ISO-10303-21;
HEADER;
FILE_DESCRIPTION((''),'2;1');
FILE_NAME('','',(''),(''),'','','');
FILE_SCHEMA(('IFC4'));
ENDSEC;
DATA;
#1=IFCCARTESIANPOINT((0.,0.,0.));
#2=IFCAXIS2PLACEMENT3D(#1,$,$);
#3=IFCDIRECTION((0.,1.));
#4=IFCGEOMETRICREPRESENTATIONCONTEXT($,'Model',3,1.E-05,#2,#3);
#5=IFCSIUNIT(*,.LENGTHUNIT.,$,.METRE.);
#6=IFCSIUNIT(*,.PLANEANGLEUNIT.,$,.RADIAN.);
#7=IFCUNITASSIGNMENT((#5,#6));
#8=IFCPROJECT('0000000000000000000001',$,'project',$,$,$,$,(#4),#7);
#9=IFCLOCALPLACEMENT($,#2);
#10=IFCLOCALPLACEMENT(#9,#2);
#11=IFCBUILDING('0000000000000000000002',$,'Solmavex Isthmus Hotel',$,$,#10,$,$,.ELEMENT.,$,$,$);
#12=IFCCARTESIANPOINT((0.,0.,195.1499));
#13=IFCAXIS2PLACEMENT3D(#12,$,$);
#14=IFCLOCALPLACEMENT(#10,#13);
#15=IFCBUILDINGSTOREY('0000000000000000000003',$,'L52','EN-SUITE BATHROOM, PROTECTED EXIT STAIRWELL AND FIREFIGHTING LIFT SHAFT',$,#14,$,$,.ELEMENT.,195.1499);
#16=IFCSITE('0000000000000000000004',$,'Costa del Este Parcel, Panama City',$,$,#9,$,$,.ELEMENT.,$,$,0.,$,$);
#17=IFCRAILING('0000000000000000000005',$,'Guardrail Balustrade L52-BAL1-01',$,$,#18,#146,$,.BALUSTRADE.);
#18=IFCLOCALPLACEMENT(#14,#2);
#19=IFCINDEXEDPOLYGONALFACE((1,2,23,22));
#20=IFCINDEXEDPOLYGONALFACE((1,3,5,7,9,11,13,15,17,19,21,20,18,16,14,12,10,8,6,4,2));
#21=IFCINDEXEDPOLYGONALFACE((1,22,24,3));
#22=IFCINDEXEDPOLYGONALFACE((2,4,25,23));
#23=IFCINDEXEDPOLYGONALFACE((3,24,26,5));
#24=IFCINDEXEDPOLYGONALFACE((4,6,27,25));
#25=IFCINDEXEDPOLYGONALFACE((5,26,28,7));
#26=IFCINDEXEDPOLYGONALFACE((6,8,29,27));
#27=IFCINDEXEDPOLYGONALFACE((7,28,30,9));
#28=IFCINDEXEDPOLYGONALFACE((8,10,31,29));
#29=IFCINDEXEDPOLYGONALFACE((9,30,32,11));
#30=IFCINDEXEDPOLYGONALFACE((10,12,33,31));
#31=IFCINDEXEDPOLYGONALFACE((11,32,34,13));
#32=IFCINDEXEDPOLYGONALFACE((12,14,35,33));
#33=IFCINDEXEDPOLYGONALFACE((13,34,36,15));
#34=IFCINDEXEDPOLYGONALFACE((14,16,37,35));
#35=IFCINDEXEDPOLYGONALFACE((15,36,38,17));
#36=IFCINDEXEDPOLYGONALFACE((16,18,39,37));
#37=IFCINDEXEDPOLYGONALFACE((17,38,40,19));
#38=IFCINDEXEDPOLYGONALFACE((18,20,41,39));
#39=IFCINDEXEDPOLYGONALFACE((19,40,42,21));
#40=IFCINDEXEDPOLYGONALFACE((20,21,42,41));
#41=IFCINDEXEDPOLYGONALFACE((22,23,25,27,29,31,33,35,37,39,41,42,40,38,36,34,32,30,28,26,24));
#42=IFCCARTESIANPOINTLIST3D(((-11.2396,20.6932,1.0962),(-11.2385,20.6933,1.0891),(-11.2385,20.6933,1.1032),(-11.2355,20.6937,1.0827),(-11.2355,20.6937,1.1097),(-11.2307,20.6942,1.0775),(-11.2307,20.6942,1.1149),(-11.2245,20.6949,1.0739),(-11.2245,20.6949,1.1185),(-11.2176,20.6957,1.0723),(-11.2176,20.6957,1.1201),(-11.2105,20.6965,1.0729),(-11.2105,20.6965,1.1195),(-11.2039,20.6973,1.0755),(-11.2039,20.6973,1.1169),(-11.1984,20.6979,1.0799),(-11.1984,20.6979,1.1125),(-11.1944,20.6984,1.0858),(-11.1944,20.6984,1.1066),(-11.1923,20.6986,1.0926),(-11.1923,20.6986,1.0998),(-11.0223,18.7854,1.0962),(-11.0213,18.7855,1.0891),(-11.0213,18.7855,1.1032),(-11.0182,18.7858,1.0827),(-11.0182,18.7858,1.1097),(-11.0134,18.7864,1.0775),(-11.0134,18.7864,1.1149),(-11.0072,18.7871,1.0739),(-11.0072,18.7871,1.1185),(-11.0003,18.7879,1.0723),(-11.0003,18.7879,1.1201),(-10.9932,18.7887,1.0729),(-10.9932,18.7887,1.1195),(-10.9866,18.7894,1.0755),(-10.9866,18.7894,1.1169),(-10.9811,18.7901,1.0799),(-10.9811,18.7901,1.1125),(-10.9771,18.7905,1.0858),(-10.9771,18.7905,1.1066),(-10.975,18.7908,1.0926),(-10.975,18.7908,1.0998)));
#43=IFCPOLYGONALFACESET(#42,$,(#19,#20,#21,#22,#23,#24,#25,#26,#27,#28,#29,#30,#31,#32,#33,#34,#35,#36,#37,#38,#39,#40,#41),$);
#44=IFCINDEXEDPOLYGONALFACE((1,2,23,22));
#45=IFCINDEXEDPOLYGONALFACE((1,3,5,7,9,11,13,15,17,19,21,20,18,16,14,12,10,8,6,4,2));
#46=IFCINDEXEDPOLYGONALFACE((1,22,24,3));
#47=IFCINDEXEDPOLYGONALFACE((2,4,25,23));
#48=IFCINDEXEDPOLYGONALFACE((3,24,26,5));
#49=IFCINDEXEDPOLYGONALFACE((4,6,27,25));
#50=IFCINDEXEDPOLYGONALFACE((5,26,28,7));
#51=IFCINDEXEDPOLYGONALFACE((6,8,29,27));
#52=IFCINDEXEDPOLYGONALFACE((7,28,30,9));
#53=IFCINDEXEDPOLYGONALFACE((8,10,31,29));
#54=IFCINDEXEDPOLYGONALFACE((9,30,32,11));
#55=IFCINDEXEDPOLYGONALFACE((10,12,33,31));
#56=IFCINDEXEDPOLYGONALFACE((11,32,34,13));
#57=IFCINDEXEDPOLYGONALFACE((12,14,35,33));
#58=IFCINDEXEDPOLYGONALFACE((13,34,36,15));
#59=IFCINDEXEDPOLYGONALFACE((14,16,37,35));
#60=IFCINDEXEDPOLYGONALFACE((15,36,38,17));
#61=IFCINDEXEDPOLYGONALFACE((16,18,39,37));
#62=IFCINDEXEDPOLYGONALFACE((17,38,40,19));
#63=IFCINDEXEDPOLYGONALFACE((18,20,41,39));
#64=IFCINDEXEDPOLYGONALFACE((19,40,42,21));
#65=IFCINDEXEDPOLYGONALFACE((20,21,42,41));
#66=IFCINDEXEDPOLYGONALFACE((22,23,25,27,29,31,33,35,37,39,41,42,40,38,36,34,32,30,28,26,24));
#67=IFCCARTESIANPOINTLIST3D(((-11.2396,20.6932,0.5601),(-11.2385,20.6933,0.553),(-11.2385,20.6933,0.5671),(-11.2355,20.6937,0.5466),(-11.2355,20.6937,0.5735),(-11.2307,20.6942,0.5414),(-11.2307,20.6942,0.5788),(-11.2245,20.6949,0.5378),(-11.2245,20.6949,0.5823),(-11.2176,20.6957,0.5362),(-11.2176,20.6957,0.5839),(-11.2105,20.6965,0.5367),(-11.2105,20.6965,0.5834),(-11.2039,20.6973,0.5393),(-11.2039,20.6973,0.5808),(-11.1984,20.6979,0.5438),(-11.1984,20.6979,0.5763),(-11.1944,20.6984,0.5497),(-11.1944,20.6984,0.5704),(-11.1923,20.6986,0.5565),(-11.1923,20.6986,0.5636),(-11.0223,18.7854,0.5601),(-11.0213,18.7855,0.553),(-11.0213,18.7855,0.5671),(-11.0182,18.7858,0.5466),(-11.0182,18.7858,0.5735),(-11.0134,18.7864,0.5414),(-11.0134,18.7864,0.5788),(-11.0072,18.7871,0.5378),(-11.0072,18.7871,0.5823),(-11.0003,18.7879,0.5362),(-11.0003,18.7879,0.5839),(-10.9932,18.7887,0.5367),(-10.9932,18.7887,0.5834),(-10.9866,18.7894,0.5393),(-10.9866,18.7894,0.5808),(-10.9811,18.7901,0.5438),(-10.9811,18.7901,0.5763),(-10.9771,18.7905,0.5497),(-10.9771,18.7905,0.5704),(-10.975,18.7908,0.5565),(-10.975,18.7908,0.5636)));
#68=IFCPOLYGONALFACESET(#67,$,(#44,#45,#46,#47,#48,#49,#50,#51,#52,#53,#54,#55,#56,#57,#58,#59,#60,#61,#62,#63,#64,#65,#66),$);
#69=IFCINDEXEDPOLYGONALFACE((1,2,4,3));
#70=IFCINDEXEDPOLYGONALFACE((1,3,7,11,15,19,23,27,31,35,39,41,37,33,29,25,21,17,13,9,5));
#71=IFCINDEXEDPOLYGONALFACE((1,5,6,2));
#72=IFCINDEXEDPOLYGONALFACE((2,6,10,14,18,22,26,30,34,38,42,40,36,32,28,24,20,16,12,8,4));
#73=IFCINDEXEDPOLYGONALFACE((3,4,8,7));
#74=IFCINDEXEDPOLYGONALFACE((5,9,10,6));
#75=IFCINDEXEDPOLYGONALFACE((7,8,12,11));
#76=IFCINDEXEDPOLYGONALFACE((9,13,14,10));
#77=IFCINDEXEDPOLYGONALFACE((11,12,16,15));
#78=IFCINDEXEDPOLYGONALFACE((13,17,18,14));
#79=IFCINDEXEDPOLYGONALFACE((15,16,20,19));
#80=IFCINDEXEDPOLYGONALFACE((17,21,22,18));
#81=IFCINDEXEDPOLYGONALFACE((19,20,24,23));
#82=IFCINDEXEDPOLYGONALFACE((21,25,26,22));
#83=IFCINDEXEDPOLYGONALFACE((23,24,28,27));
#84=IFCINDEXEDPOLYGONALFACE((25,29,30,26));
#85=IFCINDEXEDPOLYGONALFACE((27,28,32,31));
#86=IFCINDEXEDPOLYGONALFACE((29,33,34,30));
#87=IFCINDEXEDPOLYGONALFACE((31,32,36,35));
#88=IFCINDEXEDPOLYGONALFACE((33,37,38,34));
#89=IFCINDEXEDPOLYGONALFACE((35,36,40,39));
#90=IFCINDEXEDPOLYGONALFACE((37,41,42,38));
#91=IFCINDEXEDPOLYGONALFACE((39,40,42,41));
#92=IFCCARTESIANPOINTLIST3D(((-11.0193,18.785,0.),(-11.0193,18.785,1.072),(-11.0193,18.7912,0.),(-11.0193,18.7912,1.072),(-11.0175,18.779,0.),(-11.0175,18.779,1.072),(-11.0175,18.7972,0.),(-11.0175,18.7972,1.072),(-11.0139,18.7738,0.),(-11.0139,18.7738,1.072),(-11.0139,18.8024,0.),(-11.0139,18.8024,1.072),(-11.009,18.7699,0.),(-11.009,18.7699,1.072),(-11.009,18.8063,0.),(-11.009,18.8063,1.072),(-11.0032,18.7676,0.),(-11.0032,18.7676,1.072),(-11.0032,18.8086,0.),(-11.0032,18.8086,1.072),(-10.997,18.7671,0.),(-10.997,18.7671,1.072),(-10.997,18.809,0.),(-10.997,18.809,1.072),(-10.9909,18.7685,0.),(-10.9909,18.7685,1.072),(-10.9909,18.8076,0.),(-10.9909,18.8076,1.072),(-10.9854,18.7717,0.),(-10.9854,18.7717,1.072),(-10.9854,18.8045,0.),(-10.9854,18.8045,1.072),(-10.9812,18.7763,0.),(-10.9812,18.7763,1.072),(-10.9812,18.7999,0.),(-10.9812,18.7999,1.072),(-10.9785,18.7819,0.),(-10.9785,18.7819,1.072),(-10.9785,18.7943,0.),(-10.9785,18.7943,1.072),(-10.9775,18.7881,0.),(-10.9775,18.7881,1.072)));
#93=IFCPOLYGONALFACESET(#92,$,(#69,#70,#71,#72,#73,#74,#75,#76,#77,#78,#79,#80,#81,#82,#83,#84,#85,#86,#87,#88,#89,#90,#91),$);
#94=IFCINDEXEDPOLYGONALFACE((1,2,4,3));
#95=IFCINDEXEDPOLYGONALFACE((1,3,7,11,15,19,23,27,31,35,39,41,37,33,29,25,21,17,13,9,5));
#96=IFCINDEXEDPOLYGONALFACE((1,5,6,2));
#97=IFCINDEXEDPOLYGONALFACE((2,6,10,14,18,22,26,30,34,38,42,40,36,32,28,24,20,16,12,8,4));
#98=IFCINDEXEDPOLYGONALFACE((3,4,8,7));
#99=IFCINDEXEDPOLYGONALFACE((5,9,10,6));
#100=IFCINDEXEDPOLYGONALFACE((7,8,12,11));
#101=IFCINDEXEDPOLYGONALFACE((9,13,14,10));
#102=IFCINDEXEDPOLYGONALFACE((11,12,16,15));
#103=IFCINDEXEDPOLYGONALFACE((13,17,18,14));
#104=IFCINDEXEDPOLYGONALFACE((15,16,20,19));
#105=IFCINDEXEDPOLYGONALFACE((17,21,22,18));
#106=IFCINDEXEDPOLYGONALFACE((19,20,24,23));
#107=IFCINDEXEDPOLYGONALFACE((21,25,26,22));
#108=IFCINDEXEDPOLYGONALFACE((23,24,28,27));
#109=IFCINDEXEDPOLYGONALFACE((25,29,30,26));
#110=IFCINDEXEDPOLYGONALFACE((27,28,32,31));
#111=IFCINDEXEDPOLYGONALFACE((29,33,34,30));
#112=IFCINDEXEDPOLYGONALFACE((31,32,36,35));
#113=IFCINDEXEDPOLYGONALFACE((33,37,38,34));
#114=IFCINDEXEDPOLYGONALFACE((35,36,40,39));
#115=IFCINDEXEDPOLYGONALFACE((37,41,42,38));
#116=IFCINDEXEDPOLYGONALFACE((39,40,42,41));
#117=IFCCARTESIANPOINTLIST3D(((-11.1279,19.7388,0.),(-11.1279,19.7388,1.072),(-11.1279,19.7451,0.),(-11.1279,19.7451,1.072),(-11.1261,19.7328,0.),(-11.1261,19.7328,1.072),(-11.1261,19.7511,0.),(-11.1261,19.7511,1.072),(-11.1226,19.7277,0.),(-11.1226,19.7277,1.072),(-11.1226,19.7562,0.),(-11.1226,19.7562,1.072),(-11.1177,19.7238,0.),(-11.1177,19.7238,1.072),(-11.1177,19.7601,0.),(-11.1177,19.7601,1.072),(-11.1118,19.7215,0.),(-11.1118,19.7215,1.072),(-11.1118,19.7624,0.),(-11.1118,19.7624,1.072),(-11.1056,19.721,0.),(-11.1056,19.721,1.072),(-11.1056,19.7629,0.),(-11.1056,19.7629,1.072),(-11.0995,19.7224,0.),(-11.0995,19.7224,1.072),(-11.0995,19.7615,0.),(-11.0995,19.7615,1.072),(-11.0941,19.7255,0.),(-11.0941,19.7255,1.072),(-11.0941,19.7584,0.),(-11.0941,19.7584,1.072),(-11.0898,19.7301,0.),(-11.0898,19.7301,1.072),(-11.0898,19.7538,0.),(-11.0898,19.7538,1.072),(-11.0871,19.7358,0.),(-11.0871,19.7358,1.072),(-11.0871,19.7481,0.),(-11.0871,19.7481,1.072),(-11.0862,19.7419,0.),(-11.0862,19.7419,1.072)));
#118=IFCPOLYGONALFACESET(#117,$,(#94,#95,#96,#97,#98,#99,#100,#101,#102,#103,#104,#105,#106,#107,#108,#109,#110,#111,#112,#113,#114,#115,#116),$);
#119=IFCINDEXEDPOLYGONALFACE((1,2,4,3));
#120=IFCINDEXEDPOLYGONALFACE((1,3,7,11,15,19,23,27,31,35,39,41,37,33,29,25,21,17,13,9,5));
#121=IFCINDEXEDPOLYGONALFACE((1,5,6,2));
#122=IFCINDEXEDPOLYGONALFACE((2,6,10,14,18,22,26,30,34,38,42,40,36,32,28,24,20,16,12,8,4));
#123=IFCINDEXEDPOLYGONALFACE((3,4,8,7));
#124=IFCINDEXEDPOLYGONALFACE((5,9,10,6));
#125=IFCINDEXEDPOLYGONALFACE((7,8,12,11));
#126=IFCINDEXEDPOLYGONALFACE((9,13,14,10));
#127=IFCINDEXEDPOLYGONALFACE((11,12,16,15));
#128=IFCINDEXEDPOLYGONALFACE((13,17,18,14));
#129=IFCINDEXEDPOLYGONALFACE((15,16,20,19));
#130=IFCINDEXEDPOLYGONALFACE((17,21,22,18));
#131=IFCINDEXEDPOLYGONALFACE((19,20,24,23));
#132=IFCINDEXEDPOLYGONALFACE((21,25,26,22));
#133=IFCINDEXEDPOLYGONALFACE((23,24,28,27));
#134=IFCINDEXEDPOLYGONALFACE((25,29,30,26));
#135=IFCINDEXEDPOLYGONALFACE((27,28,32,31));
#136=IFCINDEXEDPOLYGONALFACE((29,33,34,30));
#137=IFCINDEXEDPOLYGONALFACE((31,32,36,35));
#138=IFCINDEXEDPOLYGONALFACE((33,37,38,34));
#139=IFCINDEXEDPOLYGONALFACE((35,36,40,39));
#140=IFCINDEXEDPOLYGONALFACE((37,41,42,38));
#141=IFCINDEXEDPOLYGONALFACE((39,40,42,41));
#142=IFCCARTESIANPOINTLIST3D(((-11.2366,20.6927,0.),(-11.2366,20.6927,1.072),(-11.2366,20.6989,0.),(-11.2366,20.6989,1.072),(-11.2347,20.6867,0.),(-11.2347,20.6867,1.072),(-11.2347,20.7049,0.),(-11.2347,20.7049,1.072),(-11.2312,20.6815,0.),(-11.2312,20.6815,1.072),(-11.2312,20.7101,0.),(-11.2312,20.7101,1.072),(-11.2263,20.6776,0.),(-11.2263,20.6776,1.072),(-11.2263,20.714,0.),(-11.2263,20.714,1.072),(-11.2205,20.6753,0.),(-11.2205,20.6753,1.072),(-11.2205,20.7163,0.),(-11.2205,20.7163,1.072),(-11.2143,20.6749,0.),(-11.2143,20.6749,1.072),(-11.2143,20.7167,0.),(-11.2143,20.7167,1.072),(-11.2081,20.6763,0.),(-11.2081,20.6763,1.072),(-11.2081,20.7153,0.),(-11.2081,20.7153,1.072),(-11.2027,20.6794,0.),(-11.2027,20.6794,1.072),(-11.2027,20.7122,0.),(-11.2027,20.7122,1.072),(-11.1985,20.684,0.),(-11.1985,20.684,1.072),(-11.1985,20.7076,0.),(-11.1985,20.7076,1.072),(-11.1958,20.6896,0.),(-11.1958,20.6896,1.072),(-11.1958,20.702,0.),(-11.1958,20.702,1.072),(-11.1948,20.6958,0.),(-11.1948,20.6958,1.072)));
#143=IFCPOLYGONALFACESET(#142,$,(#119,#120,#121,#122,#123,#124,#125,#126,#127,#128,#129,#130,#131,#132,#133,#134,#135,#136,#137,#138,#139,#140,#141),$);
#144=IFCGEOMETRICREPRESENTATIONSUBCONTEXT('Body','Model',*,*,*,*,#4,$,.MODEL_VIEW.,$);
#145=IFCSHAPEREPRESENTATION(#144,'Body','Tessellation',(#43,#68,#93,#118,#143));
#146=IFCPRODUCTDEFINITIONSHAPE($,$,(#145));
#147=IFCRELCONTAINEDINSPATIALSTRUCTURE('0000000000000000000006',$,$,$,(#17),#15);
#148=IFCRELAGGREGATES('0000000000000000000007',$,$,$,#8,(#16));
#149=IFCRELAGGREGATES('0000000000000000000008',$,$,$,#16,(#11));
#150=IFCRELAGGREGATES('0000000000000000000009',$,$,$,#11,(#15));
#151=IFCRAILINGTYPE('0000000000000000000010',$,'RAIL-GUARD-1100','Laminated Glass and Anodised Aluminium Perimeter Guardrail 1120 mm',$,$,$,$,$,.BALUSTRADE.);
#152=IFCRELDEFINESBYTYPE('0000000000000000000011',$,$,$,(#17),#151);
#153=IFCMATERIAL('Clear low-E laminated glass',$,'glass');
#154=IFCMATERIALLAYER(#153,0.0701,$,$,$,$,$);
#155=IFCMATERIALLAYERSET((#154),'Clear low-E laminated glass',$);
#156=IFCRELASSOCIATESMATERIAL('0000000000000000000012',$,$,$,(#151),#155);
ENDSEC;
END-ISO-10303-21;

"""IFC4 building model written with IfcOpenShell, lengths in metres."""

from ifc_helpers import new_model, si_unit, direction, frame, origin, origin_2d, place, context, subcontext, project, spatial, circle, extrude, material, layer, layer_set, type_object, element, save


model = new_model("IFC4")

# Units and contexts
model_context = context("Model", 3, precision=1e-05, world=origin(), true_north=direction((0.0, 1.0)))
body_context = subcontext(model_context, "Body", "Model", "MODEL_VIEW")
ifc_project = project(units=[si_unit("LENGTHUNIT", "METRE"), si_unit("PLANEANGLEUNIT", "RADIAN")], contexts=[model_context])

# Site, building, storey
site_placement = place(None, origin())
site = spatial("IfcSite", under=ifc_project, at=site_placement, Name="Costa del Este Parcel, Panama City", CompositionType="ELEMENT", RefElevation=0.0)
building_placement = place(site_placement, origin())
building = spatial("IfcBuilding", under=site, at=building_placement, Name="Solmavex Isthmus Hotel", CompositionType="ELEMENT")
storey_placement = place(building_placement, frame((0.0, 0.0, 195.1499)))
storey = spatial("IfcBuildingStorey", under=building, at=storey_placement, Name="L52", Description="EN-SUITE BATHROOM, PROTECTED EXIT STAIRWELL AND FIREFIGHTING LIFT SHAFT", CompositionType="ELEMENT", Elevation=195.1499)

# Shared definitions
ifc_material_1 = material(Name="Clear low-E laminated glass", Category="glass")

# Railing
ifc_layer_1 = layer(ifc_material_1, 0.0701)
ifc_layer_set_1 = layer_set([ifc_layer_1], Name="Clear low-E laminated glass")
railing_type = type_object("IfcRailingType", Name="RAIL-GUARD-1100", Description="Laminated Glass and Anodised Aluminium Perimeter Guardrail 1120 mm", PredefinedType="BALUSTRADE", material=ifc_layer_set_1)
railing_1_placement = place(storey_placement, frame((-10.9985, 18.7881, 0.0)))
element("IfcRailing", 1, at=railing_1_placement, inside=storey, type_object=railing_type, Name="Guardrail Balustrade L52-BAL1-01", PredefinedType="BALUSTRADE", context=body_context, shape_type="SweptSolid", body=[
    extrude(circle(Radius=0.0239, at=origin_2d()), frame((0.0, 0.0, 1.0962), z_axis=(-0.113166, 0.993576, 0.0), x_axis=(-0.993576, -0.113166, 0.0)), (0.0, 0.0, 1.0), 1.9202),
    extrude(circle(Radius=0.0239, at=origin_2d()), frame((0.0, 0.0, 0.5601), z_axis=(-0.113166, 0.993576, 0.0), x_axis=(-0.993576, -0.113166, 0.0)), (0.0, 0.0, 1.0), 1.9202),
    extrude(circle(Radius=0.021, at=origin_2d()), origin(), (0.0, 0.0, 1.0), 1.072),
    extrude(circle(Radius=0.021, at=origin_2d()), frame((-0.1086, 0.9539, 0.0)), (0.0, 0.0, 1.0), 1.072),
    extrude(circle(Radius=0.021, at=origin_2d()), frame((-0.2173, 1.9077, 0.0)), (0.0, 0.0, 1.0), 1.072),
])

save(model, "model.ifc")
